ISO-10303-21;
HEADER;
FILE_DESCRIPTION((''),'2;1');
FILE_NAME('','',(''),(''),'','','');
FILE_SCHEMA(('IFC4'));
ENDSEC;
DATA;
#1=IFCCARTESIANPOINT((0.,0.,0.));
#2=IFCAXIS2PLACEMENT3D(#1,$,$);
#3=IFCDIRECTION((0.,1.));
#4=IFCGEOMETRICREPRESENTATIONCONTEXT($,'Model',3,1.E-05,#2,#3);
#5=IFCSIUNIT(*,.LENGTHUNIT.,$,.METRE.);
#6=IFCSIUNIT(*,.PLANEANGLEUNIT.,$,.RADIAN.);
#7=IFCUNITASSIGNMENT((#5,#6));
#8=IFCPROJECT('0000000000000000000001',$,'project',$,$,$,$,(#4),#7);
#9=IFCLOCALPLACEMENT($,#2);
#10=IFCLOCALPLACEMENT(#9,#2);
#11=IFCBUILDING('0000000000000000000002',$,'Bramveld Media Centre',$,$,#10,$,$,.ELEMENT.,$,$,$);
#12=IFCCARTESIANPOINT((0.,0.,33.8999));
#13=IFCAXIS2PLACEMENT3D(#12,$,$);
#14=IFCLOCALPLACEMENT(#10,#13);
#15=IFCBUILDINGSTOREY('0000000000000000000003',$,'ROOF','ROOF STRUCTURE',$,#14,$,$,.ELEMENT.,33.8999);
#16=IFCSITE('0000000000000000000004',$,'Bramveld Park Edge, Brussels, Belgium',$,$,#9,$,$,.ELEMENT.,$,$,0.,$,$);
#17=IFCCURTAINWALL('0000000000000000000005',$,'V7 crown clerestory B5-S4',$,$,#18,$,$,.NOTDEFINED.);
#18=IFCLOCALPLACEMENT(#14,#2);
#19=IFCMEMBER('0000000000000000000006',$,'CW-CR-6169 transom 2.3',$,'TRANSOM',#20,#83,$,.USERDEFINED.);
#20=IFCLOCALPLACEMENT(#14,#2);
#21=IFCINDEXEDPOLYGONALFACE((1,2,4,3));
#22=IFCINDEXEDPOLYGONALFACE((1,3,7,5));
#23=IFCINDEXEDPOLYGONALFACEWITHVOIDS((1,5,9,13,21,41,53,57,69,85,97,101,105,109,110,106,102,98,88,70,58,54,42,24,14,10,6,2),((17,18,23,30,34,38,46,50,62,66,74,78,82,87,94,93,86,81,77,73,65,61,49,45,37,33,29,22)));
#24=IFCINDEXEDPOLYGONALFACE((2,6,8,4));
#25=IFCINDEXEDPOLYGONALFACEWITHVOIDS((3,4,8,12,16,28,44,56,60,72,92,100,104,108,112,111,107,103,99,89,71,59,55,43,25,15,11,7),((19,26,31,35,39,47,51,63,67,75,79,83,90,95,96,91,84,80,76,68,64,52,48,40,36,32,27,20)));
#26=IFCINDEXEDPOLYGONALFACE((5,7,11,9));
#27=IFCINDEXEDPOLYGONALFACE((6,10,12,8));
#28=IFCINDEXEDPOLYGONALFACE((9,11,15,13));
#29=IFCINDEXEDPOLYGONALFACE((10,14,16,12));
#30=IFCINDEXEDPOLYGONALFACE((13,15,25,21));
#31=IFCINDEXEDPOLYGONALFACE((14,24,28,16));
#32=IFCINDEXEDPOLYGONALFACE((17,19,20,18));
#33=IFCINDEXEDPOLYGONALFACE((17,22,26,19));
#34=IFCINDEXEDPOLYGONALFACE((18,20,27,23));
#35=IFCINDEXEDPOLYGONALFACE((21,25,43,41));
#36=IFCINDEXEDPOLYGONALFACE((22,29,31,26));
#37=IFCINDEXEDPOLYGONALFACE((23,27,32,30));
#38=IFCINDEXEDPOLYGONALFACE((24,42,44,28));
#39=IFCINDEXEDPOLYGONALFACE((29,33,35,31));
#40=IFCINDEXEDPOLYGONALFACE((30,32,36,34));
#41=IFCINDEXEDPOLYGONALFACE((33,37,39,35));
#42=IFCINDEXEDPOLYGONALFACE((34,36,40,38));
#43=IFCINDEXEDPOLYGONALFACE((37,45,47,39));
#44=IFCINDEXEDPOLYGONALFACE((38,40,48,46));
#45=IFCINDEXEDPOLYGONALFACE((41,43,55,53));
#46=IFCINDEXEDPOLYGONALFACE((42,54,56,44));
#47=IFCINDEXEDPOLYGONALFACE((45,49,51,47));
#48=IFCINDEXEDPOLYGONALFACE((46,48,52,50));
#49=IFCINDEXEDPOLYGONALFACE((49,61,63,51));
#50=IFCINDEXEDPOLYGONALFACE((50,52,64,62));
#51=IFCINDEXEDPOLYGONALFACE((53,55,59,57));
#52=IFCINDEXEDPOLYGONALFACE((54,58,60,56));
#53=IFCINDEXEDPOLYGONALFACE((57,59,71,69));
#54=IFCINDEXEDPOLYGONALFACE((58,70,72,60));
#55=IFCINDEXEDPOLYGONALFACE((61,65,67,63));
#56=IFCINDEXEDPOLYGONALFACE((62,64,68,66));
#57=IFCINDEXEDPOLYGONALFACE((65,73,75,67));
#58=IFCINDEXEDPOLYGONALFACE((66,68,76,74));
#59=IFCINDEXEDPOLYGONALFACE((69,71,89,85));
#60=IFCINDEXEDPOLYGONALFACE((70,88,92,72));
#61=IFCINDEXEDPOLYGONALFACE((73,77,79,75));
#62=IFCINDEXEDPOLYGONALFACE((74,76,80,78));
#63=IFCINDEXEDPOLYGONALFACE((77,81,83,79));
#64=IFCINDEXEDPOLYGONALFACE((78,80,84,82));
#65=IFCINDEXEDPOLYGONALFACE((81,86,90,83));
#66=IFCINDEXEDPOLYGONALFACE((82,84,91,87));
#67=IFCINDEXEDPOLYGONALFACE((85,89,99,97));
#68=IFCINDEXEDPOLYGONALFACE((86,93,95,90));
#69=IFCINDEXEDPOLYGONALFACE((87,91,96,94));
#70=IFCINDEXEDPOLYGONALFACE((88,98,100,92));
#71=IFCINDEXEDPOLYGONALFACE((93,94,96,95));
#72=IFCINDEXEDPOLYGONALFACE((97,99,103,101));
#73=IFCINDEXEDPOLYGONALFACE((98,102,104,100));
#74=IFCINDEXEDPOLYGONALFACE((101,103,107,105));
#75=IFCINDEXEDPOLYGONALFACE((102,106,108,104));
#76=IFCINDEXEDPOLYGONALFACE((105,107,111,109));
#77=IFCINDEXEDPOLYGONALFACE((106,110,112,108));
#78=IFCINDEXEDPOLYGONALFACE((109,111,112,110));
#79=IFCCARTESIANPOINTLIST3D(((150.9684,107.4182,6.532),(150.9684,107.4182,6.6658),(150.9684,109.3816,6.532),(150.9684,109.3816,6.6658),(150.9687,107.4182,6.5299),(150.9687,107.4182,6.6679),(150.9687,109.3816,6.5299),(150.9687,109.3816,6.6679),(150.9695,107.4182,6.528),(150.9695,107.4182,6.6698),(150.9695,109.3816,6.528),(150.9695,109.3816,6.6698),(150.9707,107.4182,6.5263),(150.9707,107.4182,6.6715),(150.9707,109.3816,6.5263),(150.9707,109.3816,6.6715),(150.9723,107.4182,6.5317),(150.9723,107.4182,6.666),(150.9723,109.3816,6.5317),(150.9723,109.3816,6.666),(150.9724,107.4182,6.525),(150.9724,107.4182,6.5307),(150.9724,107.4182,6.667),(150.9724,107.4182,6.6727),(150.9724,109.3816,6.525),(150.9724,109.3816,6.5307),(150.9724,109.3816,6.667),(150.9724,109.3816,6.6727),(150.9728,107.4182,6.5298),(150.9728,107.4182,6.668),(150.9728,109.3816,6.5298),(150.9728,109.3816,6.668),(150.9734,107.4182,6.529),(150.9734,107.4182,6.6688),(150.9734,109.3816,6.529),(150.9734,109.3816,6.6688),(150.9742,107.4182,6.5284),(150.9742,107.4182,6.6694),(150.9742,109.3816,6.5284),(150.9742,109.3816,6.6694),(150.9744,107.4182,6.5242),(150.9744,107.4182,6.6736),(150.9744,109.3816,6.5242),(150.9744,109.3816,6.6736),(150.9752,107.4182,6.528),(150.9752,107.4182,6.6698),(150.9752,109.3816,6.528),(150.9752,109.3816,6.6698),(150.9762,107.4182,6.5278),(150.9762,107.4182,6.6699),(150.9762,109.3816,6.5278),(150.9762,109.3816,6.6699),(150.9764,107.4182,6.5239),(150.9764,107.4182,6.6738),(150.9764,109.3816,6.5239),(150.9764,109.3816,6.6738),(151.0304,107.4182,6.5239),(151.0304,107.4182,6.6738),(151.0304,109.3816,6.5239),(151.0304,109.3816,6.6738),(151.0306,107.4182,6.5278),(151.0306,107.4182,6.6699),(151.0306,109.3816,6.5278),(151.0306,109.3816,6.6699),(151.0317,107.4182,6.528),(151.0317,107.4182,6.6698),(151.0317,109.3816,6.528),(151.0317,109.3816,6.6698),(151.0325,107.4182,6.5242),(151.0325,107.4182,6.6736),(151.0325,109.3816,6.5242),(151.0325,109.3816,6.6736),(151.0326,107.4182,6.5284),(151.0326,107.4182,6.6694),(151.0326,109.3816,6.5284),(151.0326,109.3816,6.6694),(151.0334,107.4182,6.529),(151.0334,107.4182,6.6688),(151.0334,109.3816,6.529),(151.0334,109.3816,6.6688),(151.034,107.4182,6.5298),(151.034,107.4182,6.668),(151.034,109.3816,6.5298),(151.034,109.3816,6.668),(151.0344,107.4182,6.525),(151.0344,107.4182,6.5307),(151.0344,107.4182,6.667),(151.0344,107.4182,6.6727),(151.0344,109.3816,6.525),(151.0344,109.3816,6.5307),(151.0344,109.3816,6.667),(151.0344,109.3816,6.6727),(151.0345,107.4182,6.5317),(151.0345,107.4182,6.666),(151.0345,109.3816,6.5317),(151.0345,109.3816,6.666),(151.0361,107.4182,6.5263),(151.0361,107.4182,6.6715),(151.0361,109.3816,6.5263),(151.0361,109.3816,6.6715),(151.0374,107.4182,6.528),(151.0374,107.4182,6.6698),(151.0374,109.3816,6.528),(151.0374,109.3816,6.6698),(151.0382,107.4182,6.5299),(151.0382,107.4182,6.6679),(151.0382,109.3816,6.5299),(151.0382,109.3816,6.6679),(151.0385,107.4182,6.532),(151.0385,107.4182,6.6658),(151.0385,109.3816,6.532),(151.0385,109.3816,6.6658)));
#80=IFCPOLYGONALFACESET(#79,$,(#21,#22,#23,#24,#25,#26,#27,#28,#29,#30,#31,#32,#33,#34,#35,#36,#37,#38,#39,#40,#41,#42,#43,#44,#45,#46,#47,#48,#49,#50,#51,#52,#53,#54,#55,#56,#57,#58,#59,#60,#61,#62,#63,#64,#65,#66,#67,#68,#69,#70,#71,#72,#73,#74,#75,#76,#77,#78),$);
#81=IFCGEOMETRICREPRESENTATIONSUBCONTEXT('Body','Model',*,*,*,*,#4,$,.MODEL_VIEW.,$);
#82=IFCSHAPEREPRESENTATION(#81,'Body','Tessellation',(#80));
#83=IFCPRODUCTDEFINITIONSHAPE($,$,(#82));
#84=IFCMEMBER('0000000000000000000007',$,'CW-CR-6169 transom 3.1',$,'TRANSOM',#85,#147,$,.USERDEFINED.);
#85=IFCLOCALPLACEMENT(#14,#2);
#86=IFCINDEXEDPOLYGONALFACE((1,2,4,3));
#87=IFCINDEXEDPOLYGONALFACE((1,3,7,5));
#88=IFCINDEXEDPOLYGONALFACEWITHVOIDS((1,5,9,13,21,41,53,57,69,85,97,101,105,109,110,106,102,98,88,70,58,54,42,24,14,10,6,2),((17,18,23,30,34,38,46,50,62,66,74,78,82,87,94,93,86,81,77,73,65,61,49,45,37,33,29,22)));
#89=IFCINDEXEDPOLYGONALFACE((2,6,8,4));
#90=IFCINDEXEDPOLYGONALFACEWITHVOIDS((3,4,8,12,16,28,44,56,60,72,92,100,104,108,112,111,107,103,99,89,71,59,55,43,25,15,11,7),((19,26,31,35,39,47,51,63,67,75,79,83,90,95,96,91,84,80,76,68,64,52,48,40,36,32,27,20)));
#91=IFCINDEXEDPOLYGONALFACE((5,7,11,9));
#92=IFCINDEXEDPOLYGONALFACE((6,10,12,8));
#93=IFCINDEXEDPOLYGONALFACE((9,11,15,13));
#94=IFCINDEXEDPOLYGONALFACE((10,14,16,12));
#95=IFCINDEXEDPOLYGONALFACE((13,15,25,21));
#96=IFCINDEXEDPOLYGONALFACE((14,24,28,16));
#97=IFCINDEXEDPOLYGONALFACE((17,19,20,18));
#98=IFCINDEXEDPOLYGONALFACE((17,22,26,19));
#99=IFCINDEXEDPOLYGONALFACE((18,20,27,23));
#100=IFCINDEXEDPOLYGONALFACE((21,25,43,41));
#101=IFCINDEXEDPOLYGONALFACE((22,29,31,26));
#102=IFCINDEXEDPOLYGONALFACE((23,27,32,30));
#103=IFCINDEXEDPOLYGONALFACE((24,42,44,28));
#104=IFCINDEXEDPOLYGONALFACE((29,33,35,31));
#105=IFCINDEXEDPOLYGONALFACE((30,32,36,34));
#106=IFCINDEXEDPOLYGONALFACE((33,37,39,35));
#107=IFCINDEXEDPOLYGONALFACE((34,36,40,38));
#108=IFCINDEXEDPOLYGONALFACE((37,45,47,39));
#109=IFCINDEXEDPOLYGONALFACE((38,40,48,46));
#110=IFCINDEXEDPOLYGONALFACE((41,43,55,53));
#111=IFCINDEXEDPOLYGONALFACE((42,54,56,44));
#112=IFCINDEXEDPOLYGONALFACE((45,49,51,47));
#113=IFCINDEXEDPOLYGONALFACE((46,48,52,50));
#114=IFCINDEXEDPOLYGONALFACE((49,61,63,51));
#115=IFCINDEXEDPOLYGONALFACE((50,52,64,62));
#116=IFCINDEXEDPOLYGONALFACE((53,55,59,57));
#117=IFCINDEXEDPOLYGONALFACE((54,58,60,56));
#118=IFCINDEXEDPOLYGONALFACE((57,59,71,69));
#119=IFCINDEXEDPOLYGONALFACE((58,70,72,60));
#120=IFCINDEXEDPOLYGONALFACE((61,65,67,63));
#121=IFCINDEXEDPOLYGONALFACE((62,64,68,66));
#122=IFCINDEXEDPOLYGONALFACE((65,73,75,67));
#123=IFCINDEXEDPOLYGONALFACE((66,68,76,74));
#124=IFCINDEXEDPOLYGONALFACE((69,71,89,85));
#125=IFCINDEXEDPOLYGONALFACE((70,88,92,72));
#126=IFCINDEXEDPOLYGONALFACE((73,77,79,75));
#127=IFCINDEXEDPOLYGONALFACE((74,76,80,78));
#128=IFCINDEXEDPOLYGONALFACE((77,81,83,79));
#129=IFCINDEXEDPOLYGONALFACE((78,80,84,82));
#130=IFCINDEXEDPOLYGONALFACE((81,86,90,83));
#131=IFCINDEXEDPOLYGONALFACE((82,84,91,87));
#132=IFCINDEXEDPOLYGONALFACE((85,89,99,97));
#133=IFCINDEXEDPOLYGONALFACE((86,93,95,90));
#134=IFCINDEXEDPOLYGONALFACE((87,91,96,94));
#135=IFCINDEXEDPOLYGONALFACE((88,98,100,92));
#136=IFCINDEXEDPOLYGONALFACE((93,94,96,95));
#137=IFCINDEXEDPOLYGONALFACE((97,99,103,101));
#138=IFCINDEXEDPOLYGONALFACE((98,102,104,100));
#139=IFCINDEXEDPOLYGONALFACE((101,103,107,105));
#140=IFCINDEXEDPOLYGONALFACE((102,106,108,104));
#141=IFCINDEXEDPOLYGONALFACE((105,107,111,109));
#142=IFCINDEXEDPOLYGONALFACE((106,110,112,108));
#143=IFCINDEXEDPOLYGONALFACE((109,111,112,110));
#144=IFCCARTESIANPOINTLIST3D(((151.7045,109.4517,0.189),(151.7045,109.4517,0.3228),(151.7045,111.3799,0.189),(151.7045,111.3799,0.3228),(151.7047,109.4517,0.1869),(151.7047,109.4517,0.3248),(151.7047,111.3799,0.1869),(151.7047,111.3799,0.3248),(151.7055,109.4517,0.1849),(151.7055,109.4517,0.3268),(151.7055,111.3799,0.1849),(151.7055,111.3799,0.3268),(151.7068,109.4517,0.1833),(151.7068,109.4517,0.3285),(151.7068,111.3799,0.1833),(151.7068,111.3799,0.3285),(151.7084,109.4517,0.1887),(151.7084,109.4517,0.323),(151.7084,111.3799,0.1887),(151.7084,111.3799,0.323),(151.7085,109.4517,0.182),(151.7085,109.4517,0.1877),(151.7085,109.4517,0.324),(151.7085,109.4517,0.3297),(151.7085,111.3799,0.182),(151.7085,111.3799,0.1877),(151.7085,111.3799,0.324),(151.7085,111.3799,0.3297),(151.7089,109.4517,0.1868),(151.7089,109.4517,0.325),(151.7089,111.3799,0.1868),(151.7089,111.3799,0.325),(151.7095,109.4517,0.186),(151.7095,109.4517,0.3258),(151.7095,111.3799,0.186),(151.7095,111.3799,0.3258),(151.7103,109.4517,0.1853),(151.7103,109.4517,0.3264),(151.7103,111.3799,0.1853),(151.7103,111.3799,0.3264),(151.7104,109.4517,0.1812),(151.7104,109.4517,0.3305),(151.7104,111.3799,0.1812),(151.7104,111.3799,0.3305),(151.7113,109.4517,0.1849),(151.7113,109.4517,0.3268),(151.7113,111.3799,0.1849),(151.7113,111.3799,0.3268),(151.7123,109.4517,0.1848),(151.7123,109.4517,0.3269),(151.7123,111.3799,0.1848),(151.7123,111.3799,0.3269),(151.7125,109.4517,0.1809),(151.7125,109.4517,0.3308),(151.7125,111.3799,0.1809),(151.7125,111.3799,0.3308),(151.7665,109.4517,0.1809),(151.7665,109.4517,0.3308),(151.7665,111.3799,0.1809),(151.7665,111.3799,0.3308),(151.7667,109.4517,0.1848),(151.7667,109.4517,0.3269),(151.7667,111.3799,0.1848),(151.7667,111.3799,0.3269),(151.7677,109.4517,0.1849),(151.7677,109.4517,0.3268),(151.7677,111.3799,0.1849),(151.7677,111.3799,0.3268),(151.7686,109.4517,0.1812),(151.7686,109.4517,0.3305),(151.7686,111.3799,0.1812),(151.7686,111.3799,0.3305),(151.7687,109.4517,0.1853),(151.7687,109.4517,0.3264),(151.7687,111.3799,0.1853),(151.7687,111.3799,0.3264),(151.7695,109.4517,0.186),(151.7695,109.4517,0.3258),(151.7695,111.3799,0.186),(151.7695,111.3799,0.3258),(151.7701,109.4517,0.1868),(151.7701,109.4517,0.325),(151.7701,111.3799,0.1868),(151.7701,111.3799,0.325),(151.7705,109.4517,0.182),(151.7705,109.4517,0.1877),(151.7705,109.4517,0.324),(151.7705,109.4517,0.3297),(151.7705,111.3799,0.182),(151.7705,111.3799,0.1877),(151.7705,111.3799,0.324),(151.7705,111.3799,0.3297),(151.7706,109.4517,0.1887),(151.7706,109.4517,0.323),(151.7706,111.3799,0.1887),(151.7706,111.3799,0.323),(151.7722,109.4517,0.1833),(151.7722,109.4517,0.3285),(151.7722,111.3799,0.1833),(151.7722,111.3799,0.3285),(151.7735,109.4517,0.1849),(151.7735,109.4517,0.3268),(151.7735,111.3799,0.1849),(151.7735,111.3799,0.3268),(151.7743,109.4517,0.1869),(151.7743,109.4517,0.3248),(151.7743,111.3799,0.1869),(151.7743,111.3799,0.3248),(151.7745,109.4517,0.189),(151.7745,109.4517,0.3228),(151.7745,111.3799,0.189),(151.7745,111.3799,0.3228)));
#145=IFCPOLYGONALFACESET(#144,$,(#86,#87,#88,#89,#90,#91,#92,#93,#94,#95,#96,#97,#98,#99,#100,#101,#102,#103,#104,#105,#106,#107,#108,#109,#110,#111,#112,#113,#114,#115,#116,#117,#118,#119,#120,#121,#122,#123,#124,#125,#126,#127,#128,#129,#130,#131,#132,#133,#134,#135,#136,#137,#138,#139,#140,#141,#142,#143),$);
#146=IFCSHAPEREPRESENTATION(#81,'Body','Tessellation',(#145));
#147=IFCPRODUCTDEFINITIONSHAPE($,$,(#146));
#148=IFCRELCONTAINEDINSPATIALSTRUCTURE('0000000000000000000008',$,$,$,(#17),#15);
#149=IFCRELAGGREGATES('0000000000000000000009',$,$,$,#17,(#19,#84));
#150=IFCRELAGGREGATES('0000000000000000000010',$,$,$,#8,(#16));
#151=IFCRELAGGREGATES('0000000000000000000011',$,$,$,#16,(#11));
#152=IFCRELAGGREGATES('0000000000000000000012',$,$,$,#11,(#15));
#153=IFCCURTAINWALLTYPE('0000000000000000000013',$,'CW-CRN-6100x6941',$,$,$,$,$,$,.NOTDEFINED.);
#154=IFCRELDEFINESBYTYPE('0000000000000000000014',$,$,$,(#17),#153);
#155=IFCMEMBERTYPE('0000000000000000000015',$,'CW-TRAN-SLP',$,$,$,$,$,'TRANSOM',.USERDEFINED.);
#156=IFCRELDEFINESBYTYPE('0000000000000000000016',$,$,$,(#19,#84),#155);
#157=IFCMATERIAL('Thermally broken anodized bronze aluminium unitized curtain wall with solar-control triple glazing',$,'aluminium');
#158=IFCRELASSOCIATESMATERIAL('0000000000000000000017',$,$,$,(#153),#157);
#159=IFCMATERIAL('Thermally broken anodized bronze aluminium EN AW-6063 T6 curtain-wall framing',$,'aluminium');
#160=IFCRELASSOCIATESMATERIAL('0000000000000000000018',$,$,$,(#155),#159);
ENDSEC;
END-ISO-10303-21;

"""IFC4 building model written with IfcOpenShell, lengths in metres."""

from ifc_helpers import new_model, si_unit, direction, frame, origin, origin_2d, place, context, subcontext, project, spatial, hollow_rectangle, extrude, material, material_profile, profile_set, type_object, element, aggregate, save


model = new_model("IFC4")

# Units and contexts
model_context = context("Model", 3, precision=1e-05, world=origin(), true_north=direction((0.0, 1.0)))
body_context = subcontext(model_context, "Body", "Model", "MODEL_VIEW")
ifc_project = project(units=[si_unit("LENGTHUNIT", "METRE"), si_unit("PLANEANGLEUNIT", "RADIAN")], contexts=[model_context])

# Site, building, storey
site_placement = place(None, origin())
site = spatial("IfcSite", under=ifc_project, at=site_placement, Name="Bramveld Park Edge, Brussels, Belgium", CompositionType="ELEMENT", RefElevation=0.0)
building_placement = place(site_placement, origin())
building = spatial("IfcBuilding", under=site, at=building_placement, Name="Bramveld Media Centre", CompositionType="ELEMENT")
storey_placement = place(building_placement, frame((0.0, 0.0, 33.8999)))
storey = spatial("IfcBuildingStorey", under=building, at=storey_placement, Name="ROOF", Description="ROOF STRUCTURE", CompositionType="ELEMENT", Elevation=33.8999)

# Curtain wall, members
ifc_material_1 = material(Name="Thermally broken anodized bronze aluminium unitized curtain wall with solar-control triple glazing", Category="aluminium")
curtain_wall_type = type_object("IfcCurtainWallType", Name="CW-CRN-6100x6941", PredefinedType="NOTDEFINED", material=ifc_material_1)
ifc_material_2 = material(Name="Thermally broken anodized bronze aluminium EN AW-6063 T6 curtain-wall framing", Category="aluminium")
ifc_material_profile = material_profile(ifc_material_2, hollow_rectangle(XDim=0.0701, YDim=0.1499, WallThickness=0.0039, InnerFilletRadius=0.0039, OuterFilletRadius=0.0081, at=origin_2d()), Name="AL-TRAN 70x150")
ifc_profile_set = profile_set([ifc_material_profile], Name="Thermally broken anodized bronze aluminium EN AW-6063 T6 curtain-wall framing")
member_type = type_object("IfcMemberType", Name="CW-TRAN-SLP", ElementType="TRANSOM", PredefinedType="USERDEFINED", material=ifc_profile_set)
curtain_wall_1_placement = place(storey_placement, origin())
curtain_wall_1 = element("IfcCurtainWall", 1, at=curtain_wall_1_placement, inside=storey, type_object=curtain_wall_type, Name="V7 crown clerestory B5-S4", PredefinedType="NOTDEFINED")
member_1_placement = place(storey_placement, frame((151.0034, 107.4182, 6.5989), z_axis=(0.0, 1.0, 0.0), x_axis=(-1.0, 0.0, 0.0)))
member_1 = element("IfcMember", 2, at=member_1_placement, type_object=member_type, Name="CW-CR-6169 transom 2.3", ObjectType="TRANSOM", PredefinedType="USERDEFINED", context=body_context, shape_type="SweptSolid", body=[
    extrude(hollow_rectangle(XDim=0.0701, YDim=0.1499, WallThickness=0.0039, InnerFilletRadius=0.0039, OuterFilletRadius=0.0081, at=origin_2d()), origin(), (0.0, 0.0, 1.0), 1.9634),
])
member_2_placement = place(storey_placement, frame((151.7395, 109.4517, 0.2559), z_axis=(0.0, 1.0, 0.0), x_axis=(-1.0, 0.0, 0.0)))
member_2 = element("IfcMember", 3, at=member_2_placement, type_object=member_type, Name="CW-CR-6169 transom 3.1", ObjectType="TRANSOM", PredefinedType="USERDEFINED", context=body_context, shape_type="SweptSolid", body=[
    extrude(hollow_rectangle(XDim=0.0701, YDim=0.1499, WallThickness=0.0039, InnerFilletRadius=0.0039, OuterFilletRadius=0.0081, at=origin_2d()), origin(), (0.0, 0.0, 1.0), 1.9282),
])

aggregate(curtain_wall_1, [member_1, member_2])

save(model, "model.ifc")
